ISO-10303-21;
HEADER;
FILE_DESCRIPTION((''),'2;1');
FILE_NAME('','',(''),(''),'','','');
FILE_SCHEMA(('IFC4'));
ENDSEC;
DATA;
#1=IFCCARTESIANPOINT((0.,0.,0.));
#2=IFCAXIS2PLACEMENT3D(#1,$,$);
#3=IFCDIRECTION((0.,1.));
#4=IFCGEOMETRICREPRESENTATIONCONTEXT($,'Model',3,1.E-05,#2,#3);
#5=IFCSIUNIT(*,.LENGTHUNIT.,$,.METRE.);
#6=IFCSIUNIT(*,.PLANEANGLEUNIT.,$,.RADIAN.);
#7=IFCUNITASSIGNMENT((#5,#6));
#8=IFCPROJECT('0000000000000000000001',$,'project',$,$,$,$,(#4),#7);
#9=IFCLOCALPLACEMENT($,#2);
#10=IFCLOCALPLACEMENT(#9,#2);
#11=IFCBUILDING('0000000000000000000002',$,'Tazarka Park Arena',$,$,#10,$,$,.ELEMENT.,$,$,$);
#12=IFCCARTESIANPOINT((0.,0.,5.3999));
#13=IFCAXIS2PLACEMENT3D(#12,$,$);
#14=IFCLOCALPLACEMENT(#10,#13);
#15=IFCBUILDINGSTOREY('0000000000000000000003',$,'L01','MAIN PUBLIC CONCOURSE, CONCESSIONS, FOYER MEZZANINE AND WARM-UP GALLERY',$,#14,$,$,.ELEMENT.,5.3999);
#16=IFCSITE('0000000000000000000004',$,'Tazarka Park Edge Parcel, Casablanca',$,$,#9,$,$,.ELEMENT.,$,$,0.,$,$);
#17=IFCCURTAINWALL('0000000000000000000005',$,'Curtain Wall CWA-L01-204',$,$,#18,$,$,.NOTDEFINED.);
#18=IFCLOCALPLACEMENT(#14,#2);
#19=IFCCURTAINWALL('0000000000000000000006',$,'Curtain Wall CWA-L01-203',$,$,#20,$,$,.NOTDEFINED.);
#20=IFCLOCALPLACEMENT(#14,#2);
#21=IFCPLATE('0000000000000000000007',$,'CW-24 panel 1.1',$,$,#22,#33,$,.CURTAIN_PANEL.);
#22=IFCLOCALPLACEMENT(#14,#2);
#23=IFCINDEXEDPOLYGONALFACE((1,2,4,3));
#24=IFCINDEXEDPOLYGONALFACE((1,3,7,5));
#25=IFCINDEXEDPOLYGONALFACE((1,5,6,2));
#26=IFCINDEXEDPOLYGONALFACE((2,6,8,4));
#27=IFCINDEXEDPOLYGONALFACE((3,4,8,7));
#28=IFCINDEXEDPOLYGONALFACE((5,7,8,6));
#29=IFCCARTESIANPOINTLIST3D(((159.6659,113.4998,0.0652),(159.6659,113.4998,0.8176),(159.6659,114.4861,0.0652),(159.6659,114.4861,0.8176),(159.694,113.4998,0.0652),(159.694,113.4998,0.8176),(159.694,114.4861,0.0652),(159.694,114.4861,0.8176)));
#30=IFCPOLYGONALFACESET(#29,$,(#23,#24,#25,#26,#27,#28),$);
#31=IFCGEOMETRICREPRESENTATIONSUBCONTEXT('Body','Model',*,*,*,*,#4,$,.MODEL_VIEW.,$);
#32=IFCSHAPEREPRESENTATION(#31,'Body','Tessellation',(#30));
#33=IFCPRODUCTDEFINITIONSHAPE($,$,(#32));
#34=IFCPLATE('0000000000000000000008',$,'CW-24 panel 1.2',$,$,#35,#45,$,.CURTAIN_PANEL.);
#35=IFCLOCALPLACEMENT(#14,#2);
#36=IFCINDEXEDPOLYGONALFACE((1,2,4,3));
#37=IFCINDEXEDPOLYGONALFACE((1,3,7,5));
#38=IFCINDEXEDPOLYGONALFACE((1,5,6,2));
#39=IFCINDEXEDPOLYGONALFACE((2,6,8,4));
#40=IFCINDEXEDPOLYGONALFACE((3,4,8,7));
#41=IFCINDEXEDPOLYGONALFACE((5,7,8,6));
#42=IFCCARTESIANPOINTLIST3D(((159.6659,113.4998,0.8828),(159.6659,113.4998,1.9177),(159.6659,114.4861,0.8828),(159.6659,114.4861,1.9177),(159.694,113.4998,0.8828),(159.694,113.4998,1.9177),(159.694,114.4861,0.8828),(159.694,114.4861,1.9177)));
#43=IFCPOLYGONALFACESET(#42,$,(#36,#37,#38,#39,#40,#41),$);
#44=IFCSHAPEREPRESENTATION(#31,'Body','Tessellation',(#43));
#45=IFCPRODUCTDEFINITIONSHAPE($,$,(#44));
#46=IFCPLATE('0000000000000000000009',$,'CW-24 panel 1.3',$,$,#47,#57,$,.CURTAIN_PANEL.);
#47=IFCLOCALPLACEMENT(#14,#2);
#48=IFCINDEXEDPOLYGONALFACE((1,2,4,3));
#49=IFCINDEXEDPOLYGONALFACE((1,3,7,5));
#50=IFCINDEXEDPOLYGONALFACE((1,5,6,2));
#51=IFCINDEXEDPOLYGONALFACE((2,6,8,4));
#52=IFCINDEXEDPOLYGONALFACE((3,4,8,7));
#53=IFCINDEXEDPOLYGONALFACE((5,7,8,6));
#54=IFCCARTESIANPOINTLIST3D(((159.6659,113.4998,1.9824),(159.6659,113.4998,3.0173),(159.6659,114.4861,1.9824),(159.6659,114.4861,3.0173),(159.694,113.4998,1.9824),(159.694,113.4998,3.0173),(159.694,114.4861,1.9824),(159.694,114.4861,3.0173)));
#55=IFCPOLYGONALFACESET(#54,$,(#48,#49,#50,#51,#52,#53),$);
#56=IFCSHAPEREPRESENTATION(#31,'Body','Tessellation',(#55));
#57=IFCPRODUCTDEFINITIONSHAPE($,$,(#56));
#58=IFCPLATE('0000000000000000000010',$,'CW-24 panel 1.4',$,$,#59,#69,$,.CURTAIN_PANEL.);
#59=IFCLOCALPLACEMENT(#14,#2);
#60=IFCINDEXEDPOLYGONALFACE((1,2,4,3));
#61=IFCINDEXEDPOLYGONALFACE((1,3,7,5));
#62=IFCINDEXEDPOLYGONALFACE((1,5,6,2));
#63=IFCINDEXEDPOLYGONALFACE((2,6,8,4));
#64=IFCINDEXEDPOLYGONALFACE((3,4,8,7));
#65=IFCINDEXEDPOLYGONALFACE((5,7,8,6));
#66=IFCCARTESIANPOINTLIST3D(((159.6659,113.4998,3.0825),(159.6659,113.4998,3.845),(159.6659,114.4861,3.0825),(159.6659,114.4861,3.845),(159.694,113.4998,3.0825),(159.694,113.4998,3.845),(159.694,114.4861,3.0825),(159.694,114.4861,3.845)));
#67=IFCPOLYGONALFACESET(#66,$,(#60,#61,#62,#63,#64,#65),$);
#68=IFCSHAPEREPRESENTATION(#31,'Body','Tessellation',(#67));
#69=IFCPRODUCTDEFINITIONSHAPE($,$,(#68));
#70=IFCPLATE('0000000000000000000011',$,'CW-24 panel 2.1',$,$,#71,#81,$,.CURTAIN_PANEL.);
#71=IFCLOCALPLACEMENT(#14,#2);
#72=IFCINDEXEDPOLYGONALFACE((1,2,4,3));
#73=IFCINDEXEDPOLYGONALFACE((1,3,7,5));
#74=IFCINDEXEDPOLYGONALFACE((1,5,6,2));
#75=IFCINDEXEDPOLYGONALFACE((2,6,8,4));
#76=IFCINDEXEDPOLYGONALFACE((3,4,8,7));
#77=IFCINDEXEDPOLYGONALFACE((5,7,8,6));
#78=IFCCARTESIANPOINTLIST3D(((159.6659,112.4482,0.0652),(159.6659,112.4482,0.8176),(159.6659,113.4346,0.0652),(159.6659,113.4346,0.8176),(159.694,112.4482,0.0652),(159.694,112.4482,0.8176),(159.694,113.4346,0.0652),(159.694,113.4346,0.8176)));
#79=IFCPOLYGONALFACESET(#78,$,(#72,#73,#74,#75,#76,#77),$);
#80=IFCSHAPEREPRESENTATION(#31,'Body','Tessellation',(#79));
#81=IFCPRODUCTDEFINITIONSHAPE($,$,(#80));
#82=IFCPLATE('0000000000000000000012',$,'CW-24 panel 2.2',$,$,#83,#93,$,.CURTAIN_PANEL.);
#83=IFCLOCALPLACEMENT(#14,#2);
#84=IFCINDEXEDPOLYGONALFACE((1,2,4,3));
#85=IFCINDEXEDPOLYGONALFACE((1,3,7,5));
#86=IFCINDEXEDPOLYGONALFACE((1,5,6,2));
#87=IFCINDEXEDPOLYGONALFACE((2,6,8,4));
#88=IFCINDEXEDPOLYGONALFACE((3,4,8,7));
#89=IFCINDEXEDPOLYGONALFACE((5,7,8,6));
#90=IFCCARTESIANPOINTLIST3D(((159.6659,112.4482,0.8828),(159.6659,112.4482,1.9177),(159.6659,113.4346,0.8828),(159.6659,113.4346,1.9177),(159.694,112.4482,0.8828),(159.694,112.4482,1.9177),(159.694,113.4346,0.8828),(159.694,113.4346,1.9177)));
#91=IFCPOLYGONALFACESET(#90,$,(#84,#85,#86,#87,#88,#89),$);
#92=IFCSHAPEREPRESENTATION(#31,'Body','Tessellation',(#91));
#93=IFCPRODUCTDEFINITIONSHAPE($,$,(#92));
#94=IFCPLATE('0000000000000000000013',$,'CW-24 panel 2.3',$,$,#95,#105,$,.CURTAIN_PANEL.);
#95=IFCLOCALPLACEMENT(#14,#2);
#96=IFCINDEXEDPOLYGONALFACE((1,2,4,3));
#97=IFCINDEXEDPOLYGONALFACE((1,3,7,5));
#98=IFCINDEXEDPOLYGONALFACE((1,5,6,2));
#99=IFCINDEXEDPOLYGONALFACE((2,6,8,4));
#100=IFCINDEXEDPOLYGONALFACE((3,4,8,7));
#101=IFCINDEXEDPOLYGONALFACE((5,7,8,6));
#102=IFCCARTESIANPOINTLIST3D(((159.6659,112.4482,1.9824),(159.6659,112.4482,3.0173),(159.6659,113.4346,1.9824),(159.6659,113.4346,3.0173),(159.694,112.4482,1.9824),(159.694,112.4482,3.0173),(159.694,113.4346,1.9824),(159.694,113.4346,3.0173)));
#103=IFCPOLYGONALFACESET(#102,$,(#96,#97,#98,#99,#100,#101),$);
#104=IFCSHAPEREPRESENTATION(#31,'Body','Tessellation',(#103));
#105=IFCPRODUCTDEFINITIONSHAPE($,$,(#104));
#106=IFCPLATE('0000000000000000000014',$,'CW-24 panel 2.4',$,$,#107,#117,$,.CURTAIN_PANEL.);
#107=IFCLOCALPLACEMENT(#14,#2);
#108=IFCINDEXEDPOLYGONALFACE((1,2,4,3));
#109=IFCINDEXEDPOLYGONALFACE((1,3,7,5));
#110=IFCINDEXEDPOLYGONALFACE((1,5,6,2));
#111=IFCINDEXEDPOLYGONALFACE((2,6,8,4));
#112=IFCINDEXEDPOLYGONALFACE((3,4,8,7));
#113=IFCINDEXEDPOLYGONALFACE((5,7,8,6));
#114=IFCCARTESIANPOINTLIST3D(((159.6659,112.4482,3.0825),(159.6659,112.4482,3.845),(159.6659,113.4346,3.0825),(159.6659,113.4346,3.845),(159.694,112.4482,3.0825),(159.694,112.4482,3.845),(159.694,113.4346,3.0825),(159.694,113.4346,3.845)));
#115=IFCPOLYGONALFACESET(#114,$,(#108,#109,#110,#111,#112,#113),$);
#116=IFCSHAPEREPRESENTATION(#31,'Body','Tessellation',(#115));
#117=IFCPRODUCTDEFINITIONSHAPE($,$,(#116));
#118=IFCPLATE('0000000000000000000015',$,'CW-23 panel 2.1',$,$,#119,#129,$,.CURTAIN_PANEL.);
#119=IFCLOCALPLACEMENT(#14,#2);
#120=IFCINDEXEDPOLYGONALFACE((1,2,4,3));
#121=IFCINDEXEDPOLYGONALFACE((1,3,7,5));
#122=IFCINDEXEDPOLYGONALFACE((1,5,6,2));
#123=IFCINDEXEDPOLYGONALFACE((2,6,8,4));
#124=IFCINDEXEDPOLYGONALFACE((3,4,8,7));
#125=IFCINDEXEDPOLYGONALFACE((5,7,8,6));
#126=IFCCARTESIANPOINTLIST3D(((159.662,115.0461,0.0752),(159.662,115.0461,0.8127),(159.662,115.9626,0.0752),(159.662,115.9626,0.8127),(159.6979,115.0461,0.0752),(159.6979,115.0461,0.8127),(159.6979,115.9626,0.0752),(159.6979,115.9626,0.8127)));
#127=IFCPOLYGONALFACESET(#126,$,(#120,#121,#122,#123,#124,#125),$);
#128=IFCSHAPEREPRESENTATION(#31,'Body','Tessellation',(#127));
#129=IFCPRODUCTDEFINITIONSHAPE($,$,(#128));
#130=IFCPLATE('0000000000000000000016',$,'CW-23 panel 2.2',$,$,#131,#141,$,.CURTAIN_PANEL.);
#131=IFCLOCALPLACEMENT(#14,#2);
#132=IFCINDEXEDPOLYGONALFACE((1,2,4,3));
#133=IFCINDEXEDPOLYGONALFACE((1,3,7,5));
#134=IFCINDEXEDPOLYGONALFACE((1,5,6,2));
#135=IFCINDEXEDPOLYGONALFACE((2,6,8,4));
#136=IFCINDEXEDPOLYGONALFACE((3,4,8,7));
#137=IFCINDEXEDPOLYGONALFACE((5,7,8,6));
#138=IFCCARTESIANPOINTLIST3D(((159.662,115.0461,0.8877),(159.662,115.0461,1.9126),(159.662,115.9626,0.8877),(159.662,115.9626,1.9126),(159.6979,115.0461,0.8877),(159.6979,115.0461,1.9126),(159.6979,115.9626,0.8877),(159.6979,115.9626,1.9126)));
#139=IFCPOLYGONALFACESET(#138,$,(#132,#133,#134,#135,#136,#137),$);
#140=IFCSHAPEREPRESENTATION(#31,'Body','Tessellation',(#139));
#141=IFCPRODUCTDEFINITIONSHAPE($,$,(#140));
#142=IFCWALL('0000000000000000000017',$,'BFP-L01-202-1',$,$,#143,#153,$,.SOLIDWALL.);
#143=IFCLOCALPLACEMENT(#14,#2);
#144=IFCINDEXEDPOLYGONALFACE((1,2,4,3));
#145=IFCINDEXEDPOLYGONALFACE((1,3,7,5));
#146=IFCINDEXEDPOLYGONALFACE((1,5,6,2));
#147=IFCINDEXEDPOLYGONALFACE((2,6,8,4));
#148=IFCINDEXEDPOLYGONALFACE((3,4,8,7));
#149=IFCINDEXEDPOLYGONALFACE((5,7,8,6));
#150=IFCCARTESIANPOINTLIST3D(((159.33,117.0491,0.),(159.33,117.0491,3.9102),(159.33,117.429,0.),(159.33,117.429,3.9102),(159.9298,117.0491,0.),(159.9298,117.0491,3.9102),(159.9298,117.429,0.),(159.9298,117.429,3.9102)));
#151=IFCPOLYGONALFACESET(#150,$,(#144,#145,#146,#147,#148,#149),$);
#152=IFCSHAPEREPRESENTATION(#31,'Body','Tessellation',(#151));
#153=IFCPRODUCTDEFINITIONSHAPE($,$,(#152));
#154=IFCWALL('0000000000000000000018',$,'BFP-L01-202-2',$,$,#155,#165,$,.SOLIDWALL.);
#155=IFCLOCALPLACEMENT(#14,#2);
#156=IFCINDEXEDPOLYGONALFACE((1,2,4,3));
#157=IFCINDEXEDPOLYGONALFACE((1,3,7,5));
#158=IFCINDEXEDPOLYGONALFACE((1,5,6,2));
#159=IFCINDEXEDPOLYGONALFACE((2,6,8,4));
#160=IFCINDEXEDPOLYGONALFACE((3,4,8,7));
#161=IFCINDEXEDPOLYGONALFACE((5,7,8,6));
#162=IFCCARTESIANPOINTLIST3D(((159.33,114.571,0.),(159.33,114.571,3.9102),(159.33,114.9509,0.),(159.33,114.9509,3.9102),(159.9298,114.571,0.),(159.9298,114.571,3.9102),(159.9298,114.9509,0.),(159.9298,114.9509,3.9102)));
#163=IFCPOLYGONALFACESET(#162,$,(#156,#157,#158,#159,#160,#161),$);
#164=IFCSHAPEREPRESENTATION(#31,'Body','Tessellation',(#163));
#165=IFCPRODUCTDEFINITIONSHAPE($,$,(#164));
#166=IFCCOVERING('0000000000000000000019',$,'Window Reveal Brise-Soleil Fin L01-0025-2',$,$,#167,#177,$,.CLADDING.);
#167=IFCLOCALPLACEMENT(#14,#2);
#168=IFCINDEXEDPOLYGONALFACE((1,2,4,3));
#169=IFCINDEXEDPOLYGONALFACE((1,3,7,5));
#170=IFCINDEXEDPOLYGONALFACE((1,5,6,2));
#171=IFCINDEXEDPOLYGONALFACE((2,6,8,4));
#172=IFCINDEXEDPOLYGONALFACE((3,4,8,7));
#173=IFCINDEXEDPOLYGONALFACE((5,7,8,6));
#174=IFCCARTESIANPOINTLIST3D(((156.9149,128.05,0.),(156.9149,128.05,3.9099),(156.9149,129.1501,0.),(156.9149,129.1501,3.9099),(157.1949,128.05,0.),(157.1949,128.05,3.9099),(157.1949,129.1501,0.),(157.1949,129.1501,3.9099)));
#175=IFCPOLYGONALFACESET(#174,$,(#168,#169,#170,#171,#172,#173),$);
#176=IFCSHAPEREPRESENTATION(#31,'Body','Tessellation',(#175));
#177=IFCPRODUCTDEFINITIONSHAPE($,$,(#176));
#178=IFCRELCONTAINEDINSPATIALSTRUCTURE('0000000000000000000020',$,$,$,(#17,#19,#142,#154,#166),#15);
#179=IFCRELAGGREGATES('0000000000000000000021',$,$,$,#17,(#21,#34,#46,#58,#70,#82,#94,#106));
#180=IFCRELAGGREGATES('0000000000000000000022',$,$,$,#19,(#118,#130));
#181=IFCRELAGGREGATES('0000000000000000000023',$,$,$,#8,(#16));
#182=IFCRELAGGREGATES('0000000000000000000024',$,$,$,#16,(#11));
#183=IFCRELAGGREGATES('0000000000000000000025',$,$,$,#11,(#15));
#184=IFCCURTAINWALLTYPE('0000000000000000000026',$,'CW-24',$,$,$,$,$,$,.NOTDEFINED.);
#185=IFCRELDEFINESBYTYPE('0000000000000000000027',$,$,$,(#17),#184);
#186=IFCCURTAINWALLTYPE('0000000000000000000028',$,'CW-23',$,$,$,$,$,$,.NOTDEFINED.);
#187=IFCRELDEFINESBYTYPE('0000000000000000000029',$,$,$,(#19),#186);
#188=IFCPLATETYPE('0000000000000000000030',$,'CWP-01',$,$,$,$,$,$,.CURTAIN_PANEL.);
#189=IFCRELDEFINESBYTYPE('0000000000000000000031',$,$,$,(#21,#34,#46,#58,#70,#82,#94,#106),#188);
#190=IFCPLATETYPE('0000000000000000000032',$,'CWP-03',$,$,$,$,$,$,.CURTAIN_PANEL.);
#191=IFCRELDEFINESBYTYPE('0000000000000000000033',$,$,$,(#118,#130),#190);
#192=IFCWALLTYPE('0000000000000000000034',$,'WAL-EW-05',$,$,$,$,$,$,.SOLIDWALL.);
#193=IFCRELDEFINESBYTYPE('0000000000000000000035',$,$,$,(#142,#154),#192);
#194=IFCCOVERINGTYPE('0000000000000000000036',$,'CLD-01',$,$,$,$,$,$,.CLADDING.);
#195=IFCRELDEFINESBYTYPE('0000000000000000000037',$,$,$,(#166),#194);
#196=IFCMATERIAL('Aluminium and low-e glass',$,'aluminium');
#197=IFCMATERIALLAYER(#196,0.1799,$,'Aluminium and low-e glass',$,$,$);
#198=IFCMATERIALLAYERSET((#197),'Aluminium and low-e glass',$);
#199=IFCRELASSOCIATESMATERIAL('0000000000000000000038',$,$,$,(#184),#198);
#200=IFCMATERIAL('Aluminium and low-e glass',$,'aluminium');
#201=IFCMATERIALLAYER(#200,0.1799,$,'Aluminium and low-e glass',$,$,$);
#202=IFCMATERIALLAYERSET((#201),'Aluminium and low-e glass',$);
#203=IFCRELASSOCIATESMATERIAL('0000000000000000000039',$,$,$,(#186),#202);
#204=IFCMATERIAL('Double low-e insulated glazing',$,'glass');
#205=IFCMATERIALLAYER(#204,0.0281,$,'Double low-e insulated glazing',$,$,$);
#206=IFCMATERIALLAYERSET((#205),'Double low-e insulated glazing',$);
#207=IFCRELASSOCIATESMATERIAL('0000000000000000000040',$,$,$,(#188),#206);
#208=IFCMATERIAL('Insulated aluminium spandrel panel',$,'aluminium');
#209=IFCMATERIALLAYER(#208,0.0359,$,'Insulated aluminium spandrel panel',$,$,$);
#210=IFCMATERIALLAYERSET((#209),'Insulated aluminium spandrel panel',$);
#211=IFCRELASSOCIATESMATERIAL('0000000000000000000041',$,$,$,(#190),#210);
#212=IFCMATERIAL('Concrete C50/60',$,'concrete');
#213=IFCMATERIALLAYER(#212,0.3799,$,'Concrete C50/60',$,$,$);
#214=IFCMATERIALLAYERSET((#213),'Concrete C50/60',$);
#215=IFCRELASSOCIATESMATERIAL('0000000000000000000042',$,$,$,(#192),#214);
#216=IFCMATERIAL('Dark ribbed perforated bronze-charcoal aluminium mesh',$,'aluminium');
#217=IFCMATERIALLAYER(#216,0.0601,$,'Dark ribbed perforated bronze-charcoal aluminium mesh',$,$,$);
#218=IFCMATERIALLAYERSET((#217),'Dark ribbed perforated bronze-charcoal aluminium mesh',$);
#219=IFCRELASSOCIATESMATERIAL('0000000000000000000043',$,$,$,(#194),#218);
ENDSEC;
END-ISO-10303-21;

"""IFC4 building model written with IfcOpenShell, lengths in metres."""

from ifc_helpers import new_model, si_unit, direction, frame, frame_2d, origin, origin_2d, place, context, subcontext, project, spatial, rectangle, extrude, material, layer, layer_set, type_object, element, aggregate, save


model = new_model("IFC4")

# Units and contexts
model_context = context("Model", 3, precision=1e-05, world=origin(), true_north=direction((0.0, 1.0)))
body_context = subcontext(model_context, "Body", "Model", "MODEL_VIEW")
ifc_project = project(units=[si_unit("LENGTHUNIT", "METRE"), si_unit("PLANEANGLEUNIT", "RADIAN")], contexts=[model_context])

# Site, building, storey
site_placement = place(None, origin())
site = spatial("IfcSite", under=ifc_project, at=site_placement, Name="Tazarka Park Edge Parcel, Casablanca", CompositionType="ELEMENT", RefElevation=0.0)
building_placement = place(site_placement, origin())
building = spatial("IfcBuilding", under=site, at=building_placement, Name="Tazarka Park Arena", CompositionType="ELEMENT")
storey_placement = place(building_placement, frame((0.0, 0.0, 5.3999)))
storey = spatial("IfcBuildingStorey", under=building, at=storey_placement, Name="L01", Description="MAIN PUBLIC CONCOURSE, CONCESSIONS, FOYER MEZZANINE AND WARM-UP GALLERY", CompositionType="ELEMENT", Elevation=5.3999)

# Curtain wall
ifc_material_1 = material(Name="Aluminium and low-e glass", Category="aluminium")
ifc_layer_1 = layer(ifc_material_1, 0.1799, Name="Aluminium and low-e glass")
ifc_layer_set_1 = layer_set([ifc_layer_1], Name="Aluminium and low-e glass")
curtain_wall_type_1 = type_object("IfcCurtainWallType", Name="CW-24", PredefinedType="NOTDEFINED", material=ifc_layer_set_1)
curtain_wall_1_placement = place(storey_placement, origin())
curtain_wall_1 = element("IfcCurtainWall", 1, at=curtain_wall_1_placement, inside=storey, type_object=curtain_wall_type_1, Name="Curtain Wall CWA-L01-204", PredefinedType="NOTDEFINED")

# Curtain wall
ifc_material_2 = material(Name="Aluminium and low-e glass", Category="aluminium")
ifc_layer_2 = layer(ifc_material_2, 0.1799, Name="Aluminium and low-e glass")
ifc_layer_set_2 = layer_set([ifc_layer_2], Name="Aluminium and low-e glass")
curtain_wall_type_2 = type_object("IfcCurtainWallType", Name="CW-23", PredefinedType="NOTDEFINED", material=ifc_layer_set_2)
curtain_wall_2_placement = place(storey_placement, origin())
curtain_wall_2 = element("IfcCurtainWall", 2, at=curtain_wall_2_placement, inside=storey, type_object=curtain_wall_type_2, Name="Curtain Wall CWA-L01-203", PredefinedType="NOTDEFINED")

# Plates
ifc_material_3 = material(Name="Double low-e insulated glazing", Category="glass")
ifc_layer_3 = layer(ifc_material_3, 0.0281, Name="Double low-e insulated glazing")
ifc_layer_set_3 = layer_set([ifc_layer_3], Name="Double low-e insulated glazing")
plate_type_1 = type_object("IfcPlateType", Name="CWP-01", PredefinedType="CURTAIN_PANEL", material=ifc_layer_set_3)
plate_1_placement = place(storey_placement, frame((159.6799, 113.9929, 0.0652), z_axis=(0.0, 0.0, 1.0), x_axis=(0.0, -1.0, 0.0)))
plate_1 = element("IfcPlate", 3, at=plate_1_placement, type_object=plate_type_1, Name="CW-24 panel 1.1", PredefinedType="CURTAIN_PANEL", context=body_context, shape_type="SweptSolid", body=[
    extrude(rectangle(XDim=0.9863, YDim=0.0281, at=origin_2d()), origin(), (0.0, 0.0, 1.0), 0.7524),
])
plate_2_placement = place(storey_placement, frame((159.6799, 113.9929, 0.8828), z_axis=(0.0, 0.0, 1.0), x_axis=(0.0, -1.0, 0.0)))
plate_2 = element("IfcPlate", 4, at=plate_2_placement, type_object=plate_type_1, Name="CW-24 panel 1.2", PredefinedType="CURTAIN_PANEL", context=body_context, shape_type="SweptSolid", body=[
    extrude(rectangle(XDim=0.9863, YDim=0.0281, at=origin_2d()), origin(), (0.0, 0.0, 1.0), 1.0349),
])
plate_3_placement = place(storey_placement, frame((159.6799, 113.9929, 1.9824), z_axis=(0.0, 0.0, 1.0), x_axis=(0.0, -1.0, 0.0)))
plate_3 = element("IfcPlate", 5, at=plate_3_placement, type_object=plate_type_1, Name="CW-24 panel 1.3", PredefinedType="CURTAIN_PANEL", context=body_context, shape_type="SweptSolid", body=[
    extrude(rectangle(XDim=0.9863, YDim=0.0281, at=origin_2d()), origin(), (0.0, 0.0, 1.0), 1.0349),
])
plate_4_placement = place(storey_placement, frame((159.6799, 113.9929, 3.0825), z_axis=(0.0, 0.0, 1.0), x_axis=(0.0, -1.0, 0.0)))
plate_4 = element("IfcPlate", 6, at=plate_4_placement, type_object=plate_type_1, Name="CW-24 panel 1.4", PredefinedType="CURTAIN_PANEL", context=body_context, shape_type="SweptSolid", body=[
    extrude(rectangle(XDim=0.9863, YDim=0.0281, at=origin_2d()), origin(), (0.0, 0.0, 1.0), 0.7625),
])
plate_5_placement = place(storey_placement, frame((159.6799, 112.9414, 0.0652), z_axis=(0.0, 0.0, 1.0), x_axis=(0.0, -1.0, 0.0)))
plate_5 = element("IfcPlate", 7, at=plate_5_placement, type_object=plate_type_1, Name="CW-24 panel 2.1", PredefinedType="CURTAIN_PANEL", context=body_context, shape_type="SweptSolid", body=[
    extrude(rectangle(XDim=0.9863, YDim=0.0281, at=origin_2d()), origin(), (0.0, 0.0, 1.0), 0.7524),
])
plate_6_placement = place(storey_placement, frame((159.6799, 112.9414, 0.8828), z_axis=(0.0, 0.0, 1.0), x_axis=(0.0, -1.0, 0.0)))
plate_6 = element("IfcPlate", 8, at=plate_6_placement, type_object=plate_type_1, Name="CW-24 panel 2.2", PredefinedType="CURTAIN_PANEL", context=body_context, shape_type="SweptSolid", body=[
    extrude(rectangle(XDim=0.9863, YDim=0.0281, at=origin_2d()), origin(), (0.0, 0.0, 1.0), 1.0349),
])
plate_7_placement = place(storey_placement, frame((159.6799, 112.9414, 1.9824), z_axis=(0.0, 0.0, 1.0), x_axis=(0.0, -1.0, 0.0)))
plate_7 = element("IfcPlate", 9, at=plate_7_placement, type_object=plate_type_1, Name="CW-24 panel 2.3", PredefinedType="CURTAIN_PANEL", context=body_context, shape_type="SweptSolid", body=[
    extrude(rectangle(XDim=0.9863, YDim=0.0281, at=origin_2d()), origin(), (0.0, 0.0, 1.0), 1.0349),
])
plate_8_placement = place(storey_placement, frame((159.6799, 112.9414, 3.0825), z_axis=(0.0, 0.0, 1.0), x_axis=(0.0, -1.0, 0.0)))
plate_8 = element("IfcPlate", 10, at=plate_8_placement, type_object=plate_type_1, Name="CW-24 panel 2.4", PredefinedType="CURTAIN_PANEL", context=body_context, shape_type="SweptSolid", body=[
    extrude(rectangle(XDim=0.9863, YDim=0.0281, at=origin_2d()), origin(), (0.0, 0.0, 1.0), 0.7625),
])
aggregate(curtain_wall_1, [plate_1, plate_2, plate_3, plate_4, plate_5, plate_6, plate_7, plate_8])
ifc_material_4 = material(Name="Insulated aluminium spandrel panel", Category="aluminium")
ifc_layer_4 = layer(ifc_material_4, 0.0359, Name="Insulated aluminium spandrel panel")
ifc_layer_set_4 = layer_set([ifc_layer_4], Name="Insulated aluminium spandrel panel")
plate_type_2 = type_object("IfcPlateType", Name="CWP-03", PredefinedType="CURTAIN_PANEL", material=ifc_layer_set_4)
plate_9_placement = place(storey_placement, frame((159.6799, 115.5044, 0.0752), z_axis=(0.0, 0.0, 1.0), x_axis=(0.0, -1.0, 0.0)))
plate_9 = element("IfcPlate", 11, at=plate_9_placement, type_object=plate_type_2, Name="CW-23 panel 2.1", PredefinedType="CURTAIN_PANEL", context=body_context, shape_type="SweptSolid", body=[
    extrude(rectangle(XDim=0.9165, YDim=0.0359, at=origin_2d()), origin(), (0.0, 0.0, 1.0), 0.7375),
])
plate_10_placement = place(storey_placement, frame((159.6799, 115.5044, 0.8877), z_axis=(0.0, 0.0, 1.0), x_axis=(0.0, -1.0, 0.0)))
plate_10 = element("IfcPlate", 12, at=plate_10_placement, type_object=plate_type_2, Name="CW-23 panel 2.2", PredefinedType="CURTAIN_PANEL", context=body_context, shape_type="SweptSolid", body=[
    extrude(rectangle(XDim=0.9165, YDim=0.0359, at=origin_2d()), origin(), (0.0, 0.0, 1.0), 1.0249),
])
aggregate(curtain_wall_2, [plate_9, plate_10])

# Walls
ifc_material_5 = material(Name="Concrete C50/60", Category="concrete")
ifc_layer_5 = layer(ifc_material_5, 0.3799, Name="Concrete C50/60")
ifc_layer_set_5 = layer_set([ifc_layer_5], Name="Concrete C50/60")
wall_type = type_object("IfcWallType", Name="WAL-EW-05", PredefinedType="SOLIDWALL", material=ifc_layer_set_5)
for number, where, z_axis, x_axis, name in (
    (13, (159.3301, 117.239, 0.0), (0.0, 0.0, 1.0), (1.0, 0.0, 0.0), "BFP-L01-202-1"),
    (14, (159.3301, 114.761, 0.0), (0.0, 0.0, 1.0), (1.0, 0.0, 0.0), "BFP-L01-202-2"),
):
    element("IfcWall", number, at=place(storey_placement, frame(where, z_axis=z_axis, x_axis=x_axis)), inside=storey, type_object=wall_type, Name=name, PredefinedType="SOLIDWALL", context=body_context, shape_type="SweptSolid", body=[
        extrude(rectangle(XDim=0.5999, YDim=0.3799, at=frame_2d((0.2998, 0.0))), origin(), (0.0, 0.0, 1.0), 3.9102),
    ])

# Covering
ifc_material_6 = material(Name="Dark ribbed perforated bronze-charcoal aluminium mesh", Category="aluminium")
ifc_layer_6 = layer(ifc_material_6, 0.0601, Name="Dark ribbed perforated bronze-charcoal aluminium mesh")
ifc_layer_set_6 = layer_set([ifc_layer_6], Name="Dark ribbed perforated bronze-charcoal aluminium mesh")
covering_type = type_object("IfcCoveringType", Name="CLD-01", PredefinedType="CLADDING", material=ifc_layer_set_6)
covering_placement = place(storey_placement, frame((157.0549, 128.6001, 0.0), z_axis=(0.0, 0.0, 1.0), x_axis=(1.0, 0.0, 0.0)))
element("IfcCovering", 15, at=covering_placement, inside=storey, type_object=covering_type, Name="Window Reveal Brise-Soleil Fin L01-0025-2", PredefinedType="CLADDING", context=body_context, shape_type="SweptSolid", body=[
    extrude(rectangle(XDim=0.28, YDim=1.1001, at=origin_2d()), origin(), (0.0, 0.0, 1.0), 3.9099),
])

save(model, "model.ifc")
